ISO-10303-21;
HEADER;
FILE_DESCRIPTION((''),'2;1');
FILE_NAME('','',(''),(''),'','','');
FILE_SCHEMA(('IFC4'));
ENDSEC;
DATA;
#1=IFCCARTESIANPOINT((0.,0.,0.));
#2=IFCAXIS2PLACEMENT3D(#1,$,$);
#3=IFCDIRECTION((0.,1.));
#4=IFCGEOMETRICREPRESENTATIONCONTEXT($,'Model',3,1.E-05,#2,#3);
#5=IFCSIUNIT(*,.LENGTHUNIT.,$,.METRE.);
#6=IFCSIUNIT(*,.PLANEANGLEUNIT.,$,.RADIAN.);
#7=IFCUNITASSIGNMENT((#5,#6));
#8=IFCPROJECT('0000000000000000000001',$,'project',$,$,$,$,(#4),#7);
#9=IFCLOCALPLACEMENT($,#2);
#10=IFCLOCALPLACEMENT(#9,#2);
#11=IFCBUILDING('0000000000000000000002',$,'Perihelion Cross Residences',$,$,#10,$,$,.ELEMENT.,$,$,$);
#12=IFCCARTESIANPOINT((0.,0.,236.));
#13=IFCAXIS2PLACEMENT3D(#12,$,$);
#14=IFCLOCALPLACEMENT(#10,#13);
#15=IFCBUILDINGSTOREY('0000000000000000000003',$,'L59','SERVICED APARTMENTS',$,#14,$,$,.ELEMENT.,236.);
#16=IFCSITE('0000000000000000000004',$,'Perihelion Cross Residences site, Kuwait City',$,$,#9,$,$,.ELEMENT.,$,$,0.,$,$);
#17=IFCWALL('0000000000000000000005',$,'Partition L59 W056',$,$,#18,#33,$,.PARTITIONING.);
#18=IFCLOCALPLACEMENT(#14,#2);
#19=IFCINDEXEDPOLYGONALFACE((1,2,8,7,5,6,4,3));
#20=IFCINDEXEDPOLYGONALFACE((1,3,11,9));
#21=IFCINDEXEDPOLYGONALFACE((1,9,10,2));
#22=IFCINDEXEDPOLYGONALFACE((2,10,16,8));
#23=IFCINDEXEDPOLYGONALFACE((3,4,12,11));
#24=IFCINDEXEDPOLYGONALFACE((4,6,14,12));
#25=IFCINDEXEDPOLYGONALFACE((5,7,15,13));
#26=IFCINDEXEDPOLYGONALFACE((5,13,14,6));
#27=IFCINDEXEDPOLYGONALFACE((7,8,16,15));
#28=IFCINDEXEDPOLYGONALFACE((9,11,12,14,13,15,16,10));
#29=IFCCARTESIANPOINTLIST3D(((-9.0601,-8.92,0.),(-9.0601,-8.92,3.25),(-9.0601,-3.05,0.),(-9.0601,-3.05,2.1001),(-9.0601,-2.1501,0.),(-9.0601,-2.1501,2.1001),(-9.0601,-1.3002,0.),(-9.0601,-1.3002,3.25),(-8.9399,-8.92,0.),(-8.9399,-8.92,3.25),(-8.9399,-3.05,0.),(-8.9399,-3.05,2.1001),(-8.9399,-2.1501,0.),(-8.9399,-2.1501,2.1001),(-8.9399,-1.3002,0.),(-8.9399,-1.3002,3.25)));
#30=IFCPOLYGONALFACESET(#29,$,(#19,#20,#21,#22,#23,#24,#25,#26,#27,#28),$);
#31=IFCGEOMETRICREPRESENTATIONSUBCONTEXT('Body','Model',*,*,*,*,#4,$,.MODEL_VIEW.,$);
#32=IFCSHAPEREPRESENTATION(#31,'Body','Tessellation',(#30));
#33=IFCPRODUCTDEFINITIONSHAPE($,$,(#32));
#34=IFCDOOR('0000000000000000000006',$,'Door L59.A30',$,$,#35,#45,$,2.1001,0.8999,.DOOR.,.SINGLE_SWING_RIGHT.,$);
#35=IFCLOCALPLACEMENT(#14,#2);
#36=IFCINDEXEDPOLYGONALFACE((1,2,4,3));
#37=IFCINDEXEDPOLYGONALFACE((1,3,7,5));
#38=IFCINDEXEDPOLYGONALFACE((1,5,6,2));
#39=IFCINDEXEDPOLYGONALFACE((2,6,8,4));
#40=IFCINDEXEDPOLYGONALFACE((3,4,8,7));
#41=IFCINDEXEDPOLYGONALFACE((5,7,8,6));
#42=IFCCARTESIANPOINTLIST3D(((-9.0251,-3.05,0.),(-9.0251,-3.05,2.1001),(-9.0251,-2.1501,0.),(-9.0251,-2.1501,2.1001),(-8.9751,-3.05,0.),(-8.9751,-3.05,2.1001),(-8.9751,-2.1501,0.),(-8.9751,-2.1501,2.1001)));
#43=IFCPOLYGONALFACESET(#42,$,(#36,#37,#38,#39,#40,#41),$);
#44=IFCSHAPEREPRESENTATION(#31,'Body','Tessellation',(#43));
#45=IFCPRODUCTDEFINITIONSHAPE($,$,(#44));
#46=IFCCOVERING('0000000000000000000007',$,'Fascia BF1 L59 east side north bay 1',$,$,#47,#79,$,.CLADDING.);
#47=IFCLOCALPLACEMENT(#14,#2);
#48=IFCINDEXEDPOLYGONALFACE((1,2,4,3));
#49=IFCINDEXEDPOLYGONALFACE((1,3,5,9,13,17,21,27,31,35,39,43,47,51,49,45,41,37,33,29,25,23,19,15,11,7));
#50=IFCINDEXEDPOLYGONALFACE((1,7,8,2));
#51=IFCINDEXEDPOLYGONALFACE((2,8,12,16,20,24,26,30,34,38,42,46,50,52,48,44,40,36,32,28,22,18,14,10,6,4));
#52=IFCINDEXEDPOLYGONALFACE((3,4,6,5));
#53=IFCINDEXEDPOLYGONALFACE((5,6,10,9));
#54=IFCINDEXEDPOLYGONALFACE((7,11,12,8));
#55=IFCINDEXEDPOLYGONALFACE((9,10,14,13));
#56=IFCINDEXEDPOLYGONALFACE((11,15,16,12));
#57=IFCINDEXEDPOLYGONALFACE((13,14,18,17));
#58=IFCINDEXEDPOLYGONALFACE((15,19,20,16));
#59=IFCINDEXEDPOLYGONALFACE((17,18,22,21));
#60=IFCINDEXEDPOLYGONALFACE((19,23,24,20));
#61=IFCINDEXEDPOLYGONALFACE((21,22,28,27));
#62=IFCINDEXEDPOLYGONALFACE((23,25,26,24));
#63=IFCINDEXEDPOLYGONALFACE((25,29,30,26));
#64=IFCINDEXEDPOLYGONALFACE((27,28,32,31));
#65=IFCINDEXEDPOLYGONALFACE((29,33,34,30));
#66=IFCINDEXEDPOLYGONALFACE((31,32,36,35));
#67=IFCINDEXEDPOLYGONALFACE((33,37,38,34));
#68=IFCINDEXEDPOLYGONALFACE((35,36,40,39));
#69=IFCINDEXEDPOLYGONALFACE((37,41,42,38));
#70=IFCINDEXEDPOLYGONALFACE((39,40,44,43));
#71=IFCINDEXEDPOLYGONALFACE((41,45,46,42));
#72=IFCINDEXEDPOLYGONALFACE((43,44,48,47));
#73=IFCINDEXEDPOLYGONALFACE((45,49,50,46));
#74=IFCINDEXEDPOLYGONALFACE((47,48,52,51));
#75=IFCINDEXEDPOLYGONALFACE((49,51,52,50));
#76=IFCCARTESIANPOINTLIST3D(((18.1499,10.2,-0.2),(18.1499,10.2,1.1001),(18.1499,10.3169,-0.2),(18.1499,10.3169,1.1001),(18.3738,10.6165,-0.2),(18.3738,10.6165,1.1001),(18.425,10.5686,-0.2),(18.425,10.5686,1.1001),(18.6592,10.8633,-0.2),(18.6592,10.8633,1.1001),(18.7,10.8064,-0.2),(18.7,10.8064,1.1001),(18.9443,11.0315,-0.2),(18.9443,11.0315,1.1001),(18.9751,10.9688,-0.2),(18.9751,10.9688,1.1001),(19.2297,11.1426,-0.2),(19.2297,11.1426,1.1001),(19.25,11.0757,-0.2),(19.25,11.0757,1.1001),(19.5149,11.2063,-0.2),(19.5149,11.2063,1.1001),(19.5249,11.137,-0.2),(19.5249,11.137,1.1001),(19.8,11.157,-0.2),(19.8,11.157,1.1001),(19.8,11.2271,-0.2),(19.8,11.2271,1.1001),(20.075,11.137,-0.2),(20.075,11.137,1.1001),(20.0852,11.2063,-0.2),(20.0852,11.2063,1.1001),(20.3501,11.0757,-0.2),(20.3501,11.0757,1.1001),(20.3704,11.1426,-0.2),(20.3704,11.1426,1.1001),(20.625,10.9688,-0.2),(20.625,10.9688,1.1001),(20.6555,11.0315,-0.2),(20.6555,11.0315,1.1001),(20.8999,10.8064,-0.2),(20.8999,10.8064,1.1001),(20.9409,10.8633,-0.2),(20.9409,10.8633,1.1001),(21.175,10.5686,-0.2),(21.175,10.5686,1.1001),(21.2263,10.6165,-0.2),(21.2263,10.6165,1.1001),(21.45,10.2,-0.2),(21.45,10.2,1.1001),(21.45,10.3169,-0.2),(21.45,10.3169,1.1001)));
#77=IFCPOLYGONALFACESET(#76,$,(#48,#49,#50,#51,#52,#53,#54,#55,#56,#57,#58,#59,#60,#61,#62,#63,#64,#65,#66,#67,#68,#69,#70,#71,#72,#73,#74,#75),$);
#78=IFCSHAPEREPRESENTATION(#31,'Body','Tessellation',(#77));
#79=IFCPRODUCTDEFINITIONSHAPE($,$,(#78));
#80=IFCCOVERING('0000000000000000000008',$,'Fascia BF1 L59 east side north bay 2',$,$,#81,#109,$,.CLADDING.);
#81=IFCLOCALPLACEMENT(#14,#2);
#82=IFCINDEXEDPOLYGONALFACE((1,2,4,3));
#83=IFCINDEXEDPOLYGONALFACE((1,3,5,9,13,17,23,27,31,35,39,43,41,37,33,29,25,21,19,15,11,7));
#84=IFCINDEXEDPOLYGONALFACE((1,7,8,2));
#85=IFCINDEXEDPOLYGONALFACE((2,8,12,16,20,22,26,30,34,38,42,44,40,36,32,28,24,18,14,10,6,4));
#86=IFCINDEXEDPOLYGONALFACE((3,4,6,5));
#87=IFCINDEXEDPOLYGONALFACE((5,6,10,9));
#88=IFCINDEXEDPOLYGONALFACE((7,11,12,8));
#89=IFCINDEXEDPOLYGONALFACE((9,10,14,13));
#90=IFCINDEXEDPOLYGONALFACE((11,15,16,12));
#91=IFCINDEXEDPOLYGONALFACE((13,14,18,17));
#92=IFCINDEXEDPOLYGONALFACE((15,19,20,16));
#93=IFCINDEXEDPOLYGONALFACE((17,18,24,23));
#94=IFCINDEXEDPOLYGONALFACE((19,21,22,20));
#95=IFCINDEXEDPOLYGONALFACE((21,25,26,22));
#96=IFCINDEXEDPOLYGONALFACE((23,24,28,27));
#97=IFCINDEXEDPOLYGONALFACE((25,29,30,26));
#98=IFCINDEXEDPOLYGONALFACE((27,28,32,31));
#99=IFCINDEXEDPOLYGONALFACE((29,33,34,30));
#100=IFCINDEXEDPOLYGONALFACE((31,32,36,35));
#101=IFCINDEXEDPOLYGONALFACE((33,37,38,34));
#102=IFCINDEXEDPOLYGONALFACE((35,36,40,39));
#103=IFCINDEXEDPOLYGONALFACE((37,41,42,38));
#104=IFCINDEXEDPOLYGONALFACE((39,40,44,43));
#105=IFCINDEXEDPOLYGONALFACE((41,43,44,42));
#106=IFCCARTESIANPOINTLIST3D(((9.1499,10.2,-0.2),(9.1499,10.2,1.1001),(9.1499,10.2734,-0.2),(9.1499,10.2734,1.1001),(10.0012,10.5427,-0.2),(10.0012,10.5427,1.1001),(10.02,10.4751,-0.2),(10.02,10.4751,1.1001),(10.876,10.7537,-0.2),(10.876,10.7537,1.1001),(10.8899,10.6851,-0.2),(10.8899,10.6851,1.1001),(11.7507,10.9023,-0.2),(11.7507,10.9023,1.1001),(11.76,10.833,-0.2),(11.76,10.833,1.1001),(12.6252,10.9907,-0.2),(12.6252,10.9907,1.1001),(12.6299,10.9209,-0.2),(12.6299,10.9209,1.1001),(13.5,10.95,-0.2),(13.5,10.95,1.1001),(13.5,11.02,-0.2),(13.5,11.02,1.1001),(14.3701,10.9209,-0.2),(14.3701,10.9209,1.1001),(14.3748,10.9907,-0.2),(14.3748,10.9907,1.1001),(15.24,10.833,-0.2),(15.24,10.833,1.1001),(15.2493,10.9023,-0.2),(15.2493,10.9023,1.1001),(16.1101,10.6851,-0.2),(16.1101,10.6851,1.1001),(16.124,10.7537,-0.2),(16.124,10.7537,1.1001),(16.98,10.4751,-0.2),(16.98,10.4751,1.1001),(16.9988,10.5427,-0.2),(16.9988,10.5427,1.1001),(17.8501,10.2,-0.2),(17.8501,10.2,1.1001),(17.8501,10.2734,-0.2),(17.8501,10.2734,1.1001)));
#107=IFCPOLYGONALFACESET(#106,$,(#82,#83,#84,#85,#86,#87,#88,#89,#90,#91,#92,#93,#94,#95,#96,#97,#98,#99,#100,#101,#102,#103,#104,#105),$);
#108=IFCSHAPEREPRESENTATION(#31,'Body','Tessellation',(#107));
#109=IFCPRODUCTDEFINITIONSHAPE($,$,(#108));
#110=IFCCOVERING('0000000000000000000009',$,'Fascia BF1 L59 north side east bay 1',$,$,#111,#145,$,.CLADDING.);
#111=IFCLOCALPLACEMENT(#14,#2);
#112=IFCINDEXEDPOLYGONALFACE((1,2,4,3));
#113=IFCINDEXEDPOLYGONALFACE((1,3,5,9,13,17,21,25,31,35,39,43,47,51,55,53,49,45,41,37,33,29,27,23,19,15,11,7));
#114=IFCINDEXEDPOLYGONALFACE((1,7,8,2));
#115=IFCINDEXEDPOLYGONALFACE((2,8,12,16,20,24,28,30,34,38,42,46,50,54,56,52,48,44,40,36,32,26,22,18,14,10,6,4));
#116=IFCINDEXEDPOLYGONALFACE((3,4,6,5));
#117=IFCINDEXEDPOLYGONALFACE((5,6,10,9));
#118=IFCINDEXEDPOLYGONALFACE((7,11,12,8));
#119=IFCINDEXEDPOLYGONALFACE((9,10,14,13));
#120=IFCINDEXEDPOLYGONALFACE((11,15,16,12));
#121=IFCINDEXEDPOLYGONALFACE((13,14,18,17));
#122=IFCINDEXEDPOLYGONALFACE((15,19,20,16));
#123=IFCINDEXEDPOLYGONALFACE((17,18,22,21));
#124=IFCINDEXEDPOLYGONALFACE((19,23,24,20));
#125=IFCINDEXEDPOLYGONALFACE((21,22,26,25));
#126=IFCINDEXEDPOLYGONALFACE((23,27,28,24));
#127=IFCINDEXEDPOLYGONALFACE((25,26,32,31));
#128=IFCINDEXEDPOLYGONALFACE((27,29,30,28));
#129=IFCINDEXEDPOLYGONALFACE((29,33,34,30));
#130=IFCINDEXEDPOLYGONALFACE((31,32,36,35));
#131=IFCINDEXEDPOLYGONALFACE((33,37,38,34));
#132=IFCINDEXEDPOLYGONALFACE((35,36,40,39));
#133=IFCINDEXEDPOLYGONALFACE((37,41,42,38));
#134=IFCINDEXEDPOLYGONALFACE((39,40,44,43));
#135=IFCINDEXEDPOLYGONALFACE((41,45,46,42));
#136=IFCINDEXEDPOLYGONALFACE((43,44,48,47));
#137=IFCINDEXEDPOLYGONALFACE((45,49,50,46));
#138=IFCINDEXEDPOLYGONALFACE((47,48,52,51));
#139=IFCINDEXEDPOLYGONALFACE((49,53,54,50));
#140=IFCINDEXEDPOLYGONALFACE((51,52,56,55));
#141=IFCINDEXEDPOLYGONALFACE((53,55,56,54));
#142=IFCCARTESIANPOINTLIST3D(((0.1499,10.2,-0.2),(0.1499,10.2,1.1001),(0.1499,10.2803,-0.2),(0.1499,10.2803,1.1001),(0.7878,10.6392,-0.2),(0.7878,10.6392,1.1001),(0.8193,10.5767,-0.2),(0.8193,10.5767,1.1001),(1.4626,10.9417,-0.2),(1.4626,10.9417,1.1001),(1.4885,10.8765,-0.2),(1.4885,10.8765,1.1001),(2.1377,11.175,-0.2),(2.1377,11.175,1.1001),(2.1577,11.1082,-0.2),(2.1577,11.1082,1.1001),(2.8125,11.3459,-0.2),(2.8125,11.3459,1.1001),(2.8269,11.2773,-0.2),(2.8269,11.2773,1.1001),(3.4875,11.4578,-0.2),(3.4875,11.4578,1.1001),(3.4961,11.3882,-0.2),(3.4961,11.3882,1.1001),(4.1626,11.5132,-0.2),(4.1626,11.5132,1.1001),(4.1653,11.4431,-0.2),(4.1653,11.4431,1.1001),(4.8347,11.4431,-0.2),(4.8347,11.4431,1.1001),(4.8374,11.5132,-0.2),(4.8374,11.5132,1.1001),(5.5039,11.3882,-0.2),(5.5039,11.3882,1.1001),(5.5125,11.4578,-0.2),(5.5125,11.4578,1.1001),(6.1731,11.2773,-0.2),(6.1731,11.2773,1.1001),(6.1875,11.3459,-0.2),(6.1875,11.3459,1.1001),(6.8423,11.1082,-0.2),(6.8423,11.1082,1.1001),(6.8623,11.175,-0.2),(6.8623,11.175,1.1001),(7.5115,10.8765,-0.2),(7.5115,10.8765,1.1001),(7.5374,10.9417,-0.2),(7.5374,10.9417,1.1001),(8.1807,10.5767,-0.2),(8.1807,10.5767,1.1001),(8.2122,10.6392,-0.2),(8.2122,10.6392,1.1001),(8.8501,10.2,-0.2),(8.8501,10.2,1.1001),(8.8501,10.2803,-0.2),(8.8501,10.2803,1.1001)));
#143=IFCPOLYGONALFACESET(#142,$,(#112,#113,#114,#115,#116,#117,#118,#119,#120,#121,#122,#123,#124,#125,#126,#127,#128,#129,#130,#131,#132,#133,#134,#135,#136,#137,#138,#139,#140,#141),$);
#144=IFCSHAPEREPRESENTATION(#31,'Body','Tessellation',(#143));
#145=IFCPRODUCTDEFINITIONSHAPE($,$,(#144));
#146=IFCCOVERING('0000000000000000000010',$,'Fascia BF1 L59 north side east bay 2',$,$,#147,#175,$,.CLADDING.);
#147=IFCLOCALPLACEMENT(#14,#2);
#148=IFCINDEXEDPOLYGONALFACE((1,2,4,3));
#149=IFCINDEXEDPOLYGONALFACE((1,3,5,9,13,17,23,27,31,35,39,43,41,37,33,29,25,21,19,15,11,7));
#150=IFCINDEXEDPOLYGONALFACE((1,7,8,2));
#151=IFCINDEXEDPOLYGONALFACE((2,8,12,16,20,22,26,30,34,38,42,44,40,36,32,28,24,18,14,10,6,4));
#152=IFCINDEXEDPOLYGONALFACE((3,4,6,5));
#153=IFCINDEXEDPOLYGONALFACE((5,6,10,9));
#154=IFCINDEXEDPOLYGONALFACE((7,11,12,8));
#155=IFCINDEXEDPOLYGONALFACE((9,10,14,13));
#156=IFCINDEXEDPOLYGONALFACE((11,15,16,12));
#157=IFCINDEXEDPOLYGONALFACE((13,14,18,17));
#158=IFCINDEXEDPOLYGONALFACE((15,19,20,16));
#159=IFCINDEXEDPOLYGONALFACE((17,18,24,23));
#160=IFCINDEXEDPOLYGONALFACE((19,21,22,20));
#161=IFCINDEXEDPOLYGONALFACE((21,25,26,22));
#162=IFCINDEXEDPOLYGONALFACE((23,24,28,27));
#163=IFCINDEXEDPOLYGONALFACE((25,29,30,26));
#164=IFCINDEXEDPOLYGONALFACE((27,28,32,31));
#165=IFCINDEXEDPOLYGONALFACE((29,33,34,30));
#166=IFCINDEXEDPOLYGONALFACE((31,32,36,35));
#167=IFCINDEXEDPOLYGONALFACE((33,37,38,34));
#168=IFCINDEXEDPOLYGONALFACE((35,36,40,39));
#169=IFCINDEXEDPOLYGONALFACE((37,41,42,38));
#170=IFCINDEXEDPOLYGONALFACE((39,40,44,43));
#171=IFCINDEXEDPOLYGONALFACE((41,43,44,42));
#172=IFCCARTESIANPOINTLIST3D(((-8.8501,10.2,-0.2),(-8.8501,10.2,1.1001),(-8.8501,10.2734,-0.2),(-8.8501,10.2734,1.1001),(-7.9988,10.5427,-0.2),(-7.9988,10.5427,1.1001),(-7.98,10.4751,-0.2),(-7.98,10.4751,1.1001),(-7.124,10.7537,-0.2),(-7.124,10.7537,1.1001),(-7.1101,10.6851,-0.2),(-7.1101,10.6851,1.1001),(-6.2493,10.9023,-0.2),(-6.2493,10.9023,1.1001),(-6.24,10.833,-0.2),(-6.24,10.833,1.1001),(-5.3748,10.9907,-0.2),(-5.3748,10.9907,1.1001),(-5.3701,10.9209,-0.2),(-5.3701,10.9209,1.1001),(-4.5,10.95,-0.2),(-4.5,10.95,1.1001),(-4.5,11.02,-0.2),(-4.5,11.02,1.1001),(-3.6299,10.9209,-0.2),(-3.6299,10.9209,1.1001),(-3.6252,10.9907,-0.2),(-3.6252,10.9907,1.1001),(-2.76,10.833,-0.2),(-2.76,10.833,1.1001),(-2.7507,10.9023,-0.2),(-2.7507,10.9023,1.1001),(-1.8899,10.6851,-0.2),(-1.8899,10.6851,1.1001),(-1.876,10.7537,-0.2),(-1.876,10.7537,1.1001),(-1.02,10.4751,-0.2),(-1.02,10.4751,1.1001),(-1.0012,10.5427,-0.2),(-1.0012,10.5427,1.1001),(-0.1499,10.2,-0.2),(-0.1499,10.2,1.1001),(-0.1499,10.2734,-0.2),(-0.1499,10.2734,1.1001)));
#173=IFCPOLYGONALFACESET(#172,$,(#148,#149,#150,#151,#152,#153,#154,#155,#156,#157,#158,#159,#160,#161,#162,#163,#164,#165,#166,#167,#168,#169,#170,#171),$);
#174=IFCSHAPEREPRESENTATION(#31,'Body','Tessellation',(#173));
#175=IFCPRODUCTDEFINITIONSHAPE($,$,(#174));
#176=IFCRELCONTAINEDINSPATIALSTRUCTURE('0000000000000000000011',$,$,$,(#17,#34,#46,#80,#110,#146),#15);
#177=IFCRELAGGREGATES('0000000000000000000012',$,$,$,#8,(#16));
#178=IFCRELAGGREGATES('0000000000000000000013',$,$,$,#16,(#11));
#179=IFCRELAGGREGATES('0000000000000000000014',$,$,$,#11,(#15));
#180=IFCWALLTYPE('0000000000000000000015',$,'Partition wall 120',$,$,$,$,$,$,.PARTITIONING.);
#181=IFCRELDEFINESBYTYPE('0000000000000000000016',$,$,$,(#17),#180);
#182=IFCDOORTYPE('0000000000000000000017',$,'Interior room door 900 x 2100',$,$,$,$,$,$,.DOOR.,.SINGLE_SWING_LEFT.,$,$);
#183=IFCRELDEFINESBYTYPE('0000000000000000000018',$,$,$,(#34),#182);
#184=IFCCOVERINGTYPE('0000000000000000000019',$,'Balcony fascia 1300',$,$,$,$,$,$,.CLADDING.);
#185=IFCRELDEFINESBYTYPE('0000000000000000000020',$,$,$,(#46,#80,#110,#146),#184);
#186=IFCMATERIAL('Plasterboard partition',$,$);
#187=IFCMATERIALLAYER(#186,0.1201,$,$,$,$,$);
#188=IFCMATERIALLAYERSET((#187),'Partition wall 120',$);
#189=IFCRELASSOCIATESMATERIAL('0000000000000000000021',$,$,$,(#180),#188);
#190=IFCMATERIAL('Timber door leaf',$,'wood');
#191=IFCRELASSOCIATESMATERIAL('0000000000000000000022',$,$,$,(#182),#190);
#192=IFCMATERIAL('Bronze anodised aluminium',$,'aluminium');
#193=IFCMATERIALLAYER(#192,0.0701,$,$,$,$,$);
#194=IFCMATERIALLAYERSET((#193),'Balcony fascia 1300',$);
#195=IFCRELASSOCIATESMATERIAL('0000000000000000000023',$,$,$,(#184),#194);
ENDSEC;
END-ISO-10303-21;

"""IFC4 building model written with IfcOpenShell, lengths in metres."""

from ifc_helpers import new_model, si_unit, direction, frame, frame_2d, origin, place, context, subcontext, project, spatial, polyline, rectangle, outline, extrude, material, layer, layer_set, type_object, element, fill, save


model = new_model("IFC4")

# Units and contexts
model_context = context("Model", 3, precision=1e-05, world=origin(), true_north=direction((0.0, 1.0)))
body_context = subcontext(model_context, "Body", "Model", "MODEL_VIEW")
ifc_project = project(units=[si_unit("LENGTHUNIT", "METRE"), si_unit("PLANEANGLEUNIT", "RADIAN")], contexts=[model_context])

# Site, building, storey
site_placement = place(None, origin())
site = spatial("IfcSite", under=ifc_project, at=site_placement, Name="Perihelion Cross Residences site, Kuwait City", CompositionType="ELEMENT", RefElevation=0.0)
building_placement = place(site_placement, origin())
building = spatial("IfcBuilding", under=site, at=building_placement, Name="Perihelion Cross Residences", CompositionType="ELEMENT")
storey_placement = place(building_placement, frame((0.0, 0.0, 236.0)))
storey = spatial("IfcBuildingStorey", under=building, at=storey_placement, Name="L59", Description="SERVICED APARTMENTS", CompositionType="ELEMENT", Elevation=236.0)

# Shared definitions
ifc_material_1 = material(Name="Plasterboard partition")
ifc_layer_1 = layer(ifc_material_1, 0.1201)
ifc_layer_set_1 = layer_set([ifc_layer_1], Name="Partition wall 120")
wall_type_1 = type_object("IfcWallType", Name="Partition wall 120", PredefinedType="PARTITIONING", material=ifc_layer_set_1)

# Wall, opening, door
wall_1_placement = place(storey_placement, frame((-9.0, -1.3, 0.0), z_axis=(0.0, 0.0, 1.0), x_axis=(0.0, -1.0, 0.0)))
wall_1 = element("IfcWall", 1, at=wall_1_placement, inside=storey, type_object=wall_type_1, Name="Partition L59 W056", PredefinedType="PARTITIONING", context=body_context, shape_type="SweptSolid", body=[
    extrude(rectangle(XDim=7.6199, YDim=0.1201, at=frame_2d((3.8101, 0.0))), origin(), (0.0, 0.0, 1.0), 3.25),
])
opening_1_placement = place(wall_1_placement, frame((0.8501, 0.0, 0.0)))
opening_1 = element("IfcOpeningElement", 2, at=opening_1_placement, cuts=wall_1, PredefinedType="OPENING", context=body_context, shape_type="SweptSolid", body=[
    extrude(rectangle(XDim=0.8999, YDim=2.1001, at=frame_2d((0.45, 1.05))), frame((0.0, 0.0701, 0.0), z_axis=(0.0, -1.0, 0.0), x_axis=(1.0, 0.0, 0.0)), (0.0, 0.0, 1.0), 0.1401),
])
ifc_material_2 = material(Name="Timber door leaf", Category="wood")
door_type_1 = type_object("IfcDoorType", Name="Interior room door 900 x 2100", OperationType="SINGLE_SWING_LEFT", PredefinedType="DOOR", material=ifc_material_2)
door_1_placement = place(opening_1_placement, origin())
door_1 = element("IfcDoor", 3, at=door_1_placement, inside=storey, type_object=door_type_1, Name="Door L59.A30", OperationType="SINGLE_SWING_RIGHT", OverallHeight=2.1001, OverallWidth=0.8999, PredefinedType="DOOR", context=body_context, shape_type="SweptSolid", body=[
    extrude(rectangle(XDim=0.8999, YDim=2.1001, at=frame_2d((0.45, 1.05))), frame((0.0, 0.0249, 0.0), z_axis=(0.0, -1.0, 0.0), x_axis=(1.0, 0.0, 0.0)), (0.0, 0.0, 1.0), 0.05),
])
fill(opening_1, door_1)

# Coverings
ifc_material_3 = material(Name="Bronze anodised aluminium", Category="aluminium")
ifc_layer_2 = layer(ifc_material_3, 0.0701)
ifc_layer_set_2 = layer_set([ifc_layer_2], Name="Balcony fascia 1300")
covering_type = type_object("IfcCoveringType", Name="Balcony fascia 1300", PredefinedType="CLADDING", material=ifc_layer_set_2)
covering_1_placement = place(storey_placement, frame((0.0, 0.0, -0.2)))
element("IfcCovering", 4, at=covering_1_placement, inside=storey, type_object=covering_type, Name="Fascia BF1 L59 east side north bay 1", PredefinedType="CLADDING", context=body_context, shape_type="SweptSolid", body=[
    extrude(outline(polyline([(21.2263, 10.6165), (20.9409, 10.8633), (20.6555, 11.0315), (20.3704, 11.1426), (20.0852, 11.2063), (19.8, 11.2271), (19.5149, 11.2063), (19.2297, 11.1426), (18.9443, 11.0315), (18.6592, 10.8633), (18.3738, 10.6165), (18.1499, 10.3169), (18.1499, 10.2), (18.425, 10.5686), (18.7, 10.8064), (18.9751, 10.9688), (19.25, 11.0757), (19.5249, 11.137), (19.8, 11.157), (20.075, 11.137), (20.3501, 11.0757), (20.625, 10.9688), (20.8999, 10.8064), (21.175, 10.5686), (21.45, 10.2), (21.45, 10.3169), (21.2263, 10.6165)])), origin(), (0.0, 0.0, 1.0), 1.3),
])
covering_2_placement = place(storey_placement, frame((0.0, 0.0, -0.2)))
element("IfcCovering", 5, at=covering_2_placement, inside=storey, type_object=covering_type, Name="Fascia BF1 L59 east side north bay 2", PredefinedType="CLADDING", context=body_context, shape_type="SweptSolid", body=[
    extrude(outline(polyline([(16.9988, 10.5427), (16.124, 10.7537), (15.2493, 10.9023), (14.3748, 10.9907), (13.5, 11.02), (12.6252, 10.9907), (11.7507, 10.9023), (10.876, 10.7537), (10.0012, 10.5427), (9.1499, 10.2734), (9.1499, 10.2), (10.02, 10.4751), (10.8899, 10.6851), (11.76, 10.833), (12.6299, 10.9209), (13.5, 10.95), (14.3701, 10.9209), (15.24, 10.833), (16.1101, 10.6851), (16.98, 10.4751), (17.8501, 10.2), (17.8501, 10.2734), (16.9988, 10.5427)])), origin(), (0.0, 0.0, 1.0), 1.3),
])
covering_3_placement = place(storey_placement, frame((0.0, 0.0, -0.2)))
element("IfcCovering", 6, at=covering_3_placement, inside=storey, type_object=covering_type, Name="Fascia BF1 L59 north side east bay 1", PredefinedType="CLADDING", context=body_context, shape_type="SweptSolid", body=[
    extrude(outline(polyline([(8.2122, 10.6392), (7.5374, 10.9417), (6.8623, 11.175), (6.1875, 11.3459), (5.5125, 11.4578), (4.8374, 11.5132), (4.1626, 11.5132), (3.4875, 11.4578), (2.8125, 11.3459), (2.1377, 11.175), (1.4626, 10.9417), (0.7878, 10.6392), (0.1499, 10.2803), (0.1499, 10.2), (0.8193, 10.5767), (1.4885, 10.8765), (2.1577, 11.1082), (2.8269, 11.2773), (3.4961, 11.3882), (4.1653, 11.4431), (4.8347, 11.4431), (5.5039, 11.3882), (6.1731, 11.2773), (6.8423, 11.1082), (7.5115, 10.8765), (8.1807, 10.5767), (8.8501, 10.2), (8.8501, 10.2803), (8.2122, 10.6392)])), origin(), (0.0, 0.0, 1.0), 1.3),
])
covering_4_placement = place(storey_placement, frame((0.0, 0.0, -0.2)))
element("IfcCovering", 7, at=covering_4_placement, inside=storey, type_object=covering_type, Name="Fascia BF1 L59 north side east bay 2", PredefinedType="CLADDING", context=body_context, shape_type="SweptSolid", body=[
    extrude(outline(polyline([(-1.0012, 10.5427), (-1.876, 10.7537), (-2.7507, 10.9023), (-3.6252, 10.9907), (-4.5, 11.02), (-5.3748, 10.9907), (-6.2493, 10.9023), (-7.124, 10.7537), (-7.9988, 10.5427), (-8.8501, 10.2734), (-8.8501, 10.2), (-7.98, 10.4751), (-7.1101, 10.6851), (-6.24, 10.833), (-5.3701, 10.9209), (-4.5, 10.95), (-3.6299, 10.9209), (-2.76, 10.833), (-1.8899, 10.6851), (-1.02, 10.4751), (-0.1499, 10.2), (-0.1499, 10.2734), (-1.0012, 10.5427)])), origin(), (0.0, 0.0, 1.0), 1.3),
])

save(model, "model.ifc")
